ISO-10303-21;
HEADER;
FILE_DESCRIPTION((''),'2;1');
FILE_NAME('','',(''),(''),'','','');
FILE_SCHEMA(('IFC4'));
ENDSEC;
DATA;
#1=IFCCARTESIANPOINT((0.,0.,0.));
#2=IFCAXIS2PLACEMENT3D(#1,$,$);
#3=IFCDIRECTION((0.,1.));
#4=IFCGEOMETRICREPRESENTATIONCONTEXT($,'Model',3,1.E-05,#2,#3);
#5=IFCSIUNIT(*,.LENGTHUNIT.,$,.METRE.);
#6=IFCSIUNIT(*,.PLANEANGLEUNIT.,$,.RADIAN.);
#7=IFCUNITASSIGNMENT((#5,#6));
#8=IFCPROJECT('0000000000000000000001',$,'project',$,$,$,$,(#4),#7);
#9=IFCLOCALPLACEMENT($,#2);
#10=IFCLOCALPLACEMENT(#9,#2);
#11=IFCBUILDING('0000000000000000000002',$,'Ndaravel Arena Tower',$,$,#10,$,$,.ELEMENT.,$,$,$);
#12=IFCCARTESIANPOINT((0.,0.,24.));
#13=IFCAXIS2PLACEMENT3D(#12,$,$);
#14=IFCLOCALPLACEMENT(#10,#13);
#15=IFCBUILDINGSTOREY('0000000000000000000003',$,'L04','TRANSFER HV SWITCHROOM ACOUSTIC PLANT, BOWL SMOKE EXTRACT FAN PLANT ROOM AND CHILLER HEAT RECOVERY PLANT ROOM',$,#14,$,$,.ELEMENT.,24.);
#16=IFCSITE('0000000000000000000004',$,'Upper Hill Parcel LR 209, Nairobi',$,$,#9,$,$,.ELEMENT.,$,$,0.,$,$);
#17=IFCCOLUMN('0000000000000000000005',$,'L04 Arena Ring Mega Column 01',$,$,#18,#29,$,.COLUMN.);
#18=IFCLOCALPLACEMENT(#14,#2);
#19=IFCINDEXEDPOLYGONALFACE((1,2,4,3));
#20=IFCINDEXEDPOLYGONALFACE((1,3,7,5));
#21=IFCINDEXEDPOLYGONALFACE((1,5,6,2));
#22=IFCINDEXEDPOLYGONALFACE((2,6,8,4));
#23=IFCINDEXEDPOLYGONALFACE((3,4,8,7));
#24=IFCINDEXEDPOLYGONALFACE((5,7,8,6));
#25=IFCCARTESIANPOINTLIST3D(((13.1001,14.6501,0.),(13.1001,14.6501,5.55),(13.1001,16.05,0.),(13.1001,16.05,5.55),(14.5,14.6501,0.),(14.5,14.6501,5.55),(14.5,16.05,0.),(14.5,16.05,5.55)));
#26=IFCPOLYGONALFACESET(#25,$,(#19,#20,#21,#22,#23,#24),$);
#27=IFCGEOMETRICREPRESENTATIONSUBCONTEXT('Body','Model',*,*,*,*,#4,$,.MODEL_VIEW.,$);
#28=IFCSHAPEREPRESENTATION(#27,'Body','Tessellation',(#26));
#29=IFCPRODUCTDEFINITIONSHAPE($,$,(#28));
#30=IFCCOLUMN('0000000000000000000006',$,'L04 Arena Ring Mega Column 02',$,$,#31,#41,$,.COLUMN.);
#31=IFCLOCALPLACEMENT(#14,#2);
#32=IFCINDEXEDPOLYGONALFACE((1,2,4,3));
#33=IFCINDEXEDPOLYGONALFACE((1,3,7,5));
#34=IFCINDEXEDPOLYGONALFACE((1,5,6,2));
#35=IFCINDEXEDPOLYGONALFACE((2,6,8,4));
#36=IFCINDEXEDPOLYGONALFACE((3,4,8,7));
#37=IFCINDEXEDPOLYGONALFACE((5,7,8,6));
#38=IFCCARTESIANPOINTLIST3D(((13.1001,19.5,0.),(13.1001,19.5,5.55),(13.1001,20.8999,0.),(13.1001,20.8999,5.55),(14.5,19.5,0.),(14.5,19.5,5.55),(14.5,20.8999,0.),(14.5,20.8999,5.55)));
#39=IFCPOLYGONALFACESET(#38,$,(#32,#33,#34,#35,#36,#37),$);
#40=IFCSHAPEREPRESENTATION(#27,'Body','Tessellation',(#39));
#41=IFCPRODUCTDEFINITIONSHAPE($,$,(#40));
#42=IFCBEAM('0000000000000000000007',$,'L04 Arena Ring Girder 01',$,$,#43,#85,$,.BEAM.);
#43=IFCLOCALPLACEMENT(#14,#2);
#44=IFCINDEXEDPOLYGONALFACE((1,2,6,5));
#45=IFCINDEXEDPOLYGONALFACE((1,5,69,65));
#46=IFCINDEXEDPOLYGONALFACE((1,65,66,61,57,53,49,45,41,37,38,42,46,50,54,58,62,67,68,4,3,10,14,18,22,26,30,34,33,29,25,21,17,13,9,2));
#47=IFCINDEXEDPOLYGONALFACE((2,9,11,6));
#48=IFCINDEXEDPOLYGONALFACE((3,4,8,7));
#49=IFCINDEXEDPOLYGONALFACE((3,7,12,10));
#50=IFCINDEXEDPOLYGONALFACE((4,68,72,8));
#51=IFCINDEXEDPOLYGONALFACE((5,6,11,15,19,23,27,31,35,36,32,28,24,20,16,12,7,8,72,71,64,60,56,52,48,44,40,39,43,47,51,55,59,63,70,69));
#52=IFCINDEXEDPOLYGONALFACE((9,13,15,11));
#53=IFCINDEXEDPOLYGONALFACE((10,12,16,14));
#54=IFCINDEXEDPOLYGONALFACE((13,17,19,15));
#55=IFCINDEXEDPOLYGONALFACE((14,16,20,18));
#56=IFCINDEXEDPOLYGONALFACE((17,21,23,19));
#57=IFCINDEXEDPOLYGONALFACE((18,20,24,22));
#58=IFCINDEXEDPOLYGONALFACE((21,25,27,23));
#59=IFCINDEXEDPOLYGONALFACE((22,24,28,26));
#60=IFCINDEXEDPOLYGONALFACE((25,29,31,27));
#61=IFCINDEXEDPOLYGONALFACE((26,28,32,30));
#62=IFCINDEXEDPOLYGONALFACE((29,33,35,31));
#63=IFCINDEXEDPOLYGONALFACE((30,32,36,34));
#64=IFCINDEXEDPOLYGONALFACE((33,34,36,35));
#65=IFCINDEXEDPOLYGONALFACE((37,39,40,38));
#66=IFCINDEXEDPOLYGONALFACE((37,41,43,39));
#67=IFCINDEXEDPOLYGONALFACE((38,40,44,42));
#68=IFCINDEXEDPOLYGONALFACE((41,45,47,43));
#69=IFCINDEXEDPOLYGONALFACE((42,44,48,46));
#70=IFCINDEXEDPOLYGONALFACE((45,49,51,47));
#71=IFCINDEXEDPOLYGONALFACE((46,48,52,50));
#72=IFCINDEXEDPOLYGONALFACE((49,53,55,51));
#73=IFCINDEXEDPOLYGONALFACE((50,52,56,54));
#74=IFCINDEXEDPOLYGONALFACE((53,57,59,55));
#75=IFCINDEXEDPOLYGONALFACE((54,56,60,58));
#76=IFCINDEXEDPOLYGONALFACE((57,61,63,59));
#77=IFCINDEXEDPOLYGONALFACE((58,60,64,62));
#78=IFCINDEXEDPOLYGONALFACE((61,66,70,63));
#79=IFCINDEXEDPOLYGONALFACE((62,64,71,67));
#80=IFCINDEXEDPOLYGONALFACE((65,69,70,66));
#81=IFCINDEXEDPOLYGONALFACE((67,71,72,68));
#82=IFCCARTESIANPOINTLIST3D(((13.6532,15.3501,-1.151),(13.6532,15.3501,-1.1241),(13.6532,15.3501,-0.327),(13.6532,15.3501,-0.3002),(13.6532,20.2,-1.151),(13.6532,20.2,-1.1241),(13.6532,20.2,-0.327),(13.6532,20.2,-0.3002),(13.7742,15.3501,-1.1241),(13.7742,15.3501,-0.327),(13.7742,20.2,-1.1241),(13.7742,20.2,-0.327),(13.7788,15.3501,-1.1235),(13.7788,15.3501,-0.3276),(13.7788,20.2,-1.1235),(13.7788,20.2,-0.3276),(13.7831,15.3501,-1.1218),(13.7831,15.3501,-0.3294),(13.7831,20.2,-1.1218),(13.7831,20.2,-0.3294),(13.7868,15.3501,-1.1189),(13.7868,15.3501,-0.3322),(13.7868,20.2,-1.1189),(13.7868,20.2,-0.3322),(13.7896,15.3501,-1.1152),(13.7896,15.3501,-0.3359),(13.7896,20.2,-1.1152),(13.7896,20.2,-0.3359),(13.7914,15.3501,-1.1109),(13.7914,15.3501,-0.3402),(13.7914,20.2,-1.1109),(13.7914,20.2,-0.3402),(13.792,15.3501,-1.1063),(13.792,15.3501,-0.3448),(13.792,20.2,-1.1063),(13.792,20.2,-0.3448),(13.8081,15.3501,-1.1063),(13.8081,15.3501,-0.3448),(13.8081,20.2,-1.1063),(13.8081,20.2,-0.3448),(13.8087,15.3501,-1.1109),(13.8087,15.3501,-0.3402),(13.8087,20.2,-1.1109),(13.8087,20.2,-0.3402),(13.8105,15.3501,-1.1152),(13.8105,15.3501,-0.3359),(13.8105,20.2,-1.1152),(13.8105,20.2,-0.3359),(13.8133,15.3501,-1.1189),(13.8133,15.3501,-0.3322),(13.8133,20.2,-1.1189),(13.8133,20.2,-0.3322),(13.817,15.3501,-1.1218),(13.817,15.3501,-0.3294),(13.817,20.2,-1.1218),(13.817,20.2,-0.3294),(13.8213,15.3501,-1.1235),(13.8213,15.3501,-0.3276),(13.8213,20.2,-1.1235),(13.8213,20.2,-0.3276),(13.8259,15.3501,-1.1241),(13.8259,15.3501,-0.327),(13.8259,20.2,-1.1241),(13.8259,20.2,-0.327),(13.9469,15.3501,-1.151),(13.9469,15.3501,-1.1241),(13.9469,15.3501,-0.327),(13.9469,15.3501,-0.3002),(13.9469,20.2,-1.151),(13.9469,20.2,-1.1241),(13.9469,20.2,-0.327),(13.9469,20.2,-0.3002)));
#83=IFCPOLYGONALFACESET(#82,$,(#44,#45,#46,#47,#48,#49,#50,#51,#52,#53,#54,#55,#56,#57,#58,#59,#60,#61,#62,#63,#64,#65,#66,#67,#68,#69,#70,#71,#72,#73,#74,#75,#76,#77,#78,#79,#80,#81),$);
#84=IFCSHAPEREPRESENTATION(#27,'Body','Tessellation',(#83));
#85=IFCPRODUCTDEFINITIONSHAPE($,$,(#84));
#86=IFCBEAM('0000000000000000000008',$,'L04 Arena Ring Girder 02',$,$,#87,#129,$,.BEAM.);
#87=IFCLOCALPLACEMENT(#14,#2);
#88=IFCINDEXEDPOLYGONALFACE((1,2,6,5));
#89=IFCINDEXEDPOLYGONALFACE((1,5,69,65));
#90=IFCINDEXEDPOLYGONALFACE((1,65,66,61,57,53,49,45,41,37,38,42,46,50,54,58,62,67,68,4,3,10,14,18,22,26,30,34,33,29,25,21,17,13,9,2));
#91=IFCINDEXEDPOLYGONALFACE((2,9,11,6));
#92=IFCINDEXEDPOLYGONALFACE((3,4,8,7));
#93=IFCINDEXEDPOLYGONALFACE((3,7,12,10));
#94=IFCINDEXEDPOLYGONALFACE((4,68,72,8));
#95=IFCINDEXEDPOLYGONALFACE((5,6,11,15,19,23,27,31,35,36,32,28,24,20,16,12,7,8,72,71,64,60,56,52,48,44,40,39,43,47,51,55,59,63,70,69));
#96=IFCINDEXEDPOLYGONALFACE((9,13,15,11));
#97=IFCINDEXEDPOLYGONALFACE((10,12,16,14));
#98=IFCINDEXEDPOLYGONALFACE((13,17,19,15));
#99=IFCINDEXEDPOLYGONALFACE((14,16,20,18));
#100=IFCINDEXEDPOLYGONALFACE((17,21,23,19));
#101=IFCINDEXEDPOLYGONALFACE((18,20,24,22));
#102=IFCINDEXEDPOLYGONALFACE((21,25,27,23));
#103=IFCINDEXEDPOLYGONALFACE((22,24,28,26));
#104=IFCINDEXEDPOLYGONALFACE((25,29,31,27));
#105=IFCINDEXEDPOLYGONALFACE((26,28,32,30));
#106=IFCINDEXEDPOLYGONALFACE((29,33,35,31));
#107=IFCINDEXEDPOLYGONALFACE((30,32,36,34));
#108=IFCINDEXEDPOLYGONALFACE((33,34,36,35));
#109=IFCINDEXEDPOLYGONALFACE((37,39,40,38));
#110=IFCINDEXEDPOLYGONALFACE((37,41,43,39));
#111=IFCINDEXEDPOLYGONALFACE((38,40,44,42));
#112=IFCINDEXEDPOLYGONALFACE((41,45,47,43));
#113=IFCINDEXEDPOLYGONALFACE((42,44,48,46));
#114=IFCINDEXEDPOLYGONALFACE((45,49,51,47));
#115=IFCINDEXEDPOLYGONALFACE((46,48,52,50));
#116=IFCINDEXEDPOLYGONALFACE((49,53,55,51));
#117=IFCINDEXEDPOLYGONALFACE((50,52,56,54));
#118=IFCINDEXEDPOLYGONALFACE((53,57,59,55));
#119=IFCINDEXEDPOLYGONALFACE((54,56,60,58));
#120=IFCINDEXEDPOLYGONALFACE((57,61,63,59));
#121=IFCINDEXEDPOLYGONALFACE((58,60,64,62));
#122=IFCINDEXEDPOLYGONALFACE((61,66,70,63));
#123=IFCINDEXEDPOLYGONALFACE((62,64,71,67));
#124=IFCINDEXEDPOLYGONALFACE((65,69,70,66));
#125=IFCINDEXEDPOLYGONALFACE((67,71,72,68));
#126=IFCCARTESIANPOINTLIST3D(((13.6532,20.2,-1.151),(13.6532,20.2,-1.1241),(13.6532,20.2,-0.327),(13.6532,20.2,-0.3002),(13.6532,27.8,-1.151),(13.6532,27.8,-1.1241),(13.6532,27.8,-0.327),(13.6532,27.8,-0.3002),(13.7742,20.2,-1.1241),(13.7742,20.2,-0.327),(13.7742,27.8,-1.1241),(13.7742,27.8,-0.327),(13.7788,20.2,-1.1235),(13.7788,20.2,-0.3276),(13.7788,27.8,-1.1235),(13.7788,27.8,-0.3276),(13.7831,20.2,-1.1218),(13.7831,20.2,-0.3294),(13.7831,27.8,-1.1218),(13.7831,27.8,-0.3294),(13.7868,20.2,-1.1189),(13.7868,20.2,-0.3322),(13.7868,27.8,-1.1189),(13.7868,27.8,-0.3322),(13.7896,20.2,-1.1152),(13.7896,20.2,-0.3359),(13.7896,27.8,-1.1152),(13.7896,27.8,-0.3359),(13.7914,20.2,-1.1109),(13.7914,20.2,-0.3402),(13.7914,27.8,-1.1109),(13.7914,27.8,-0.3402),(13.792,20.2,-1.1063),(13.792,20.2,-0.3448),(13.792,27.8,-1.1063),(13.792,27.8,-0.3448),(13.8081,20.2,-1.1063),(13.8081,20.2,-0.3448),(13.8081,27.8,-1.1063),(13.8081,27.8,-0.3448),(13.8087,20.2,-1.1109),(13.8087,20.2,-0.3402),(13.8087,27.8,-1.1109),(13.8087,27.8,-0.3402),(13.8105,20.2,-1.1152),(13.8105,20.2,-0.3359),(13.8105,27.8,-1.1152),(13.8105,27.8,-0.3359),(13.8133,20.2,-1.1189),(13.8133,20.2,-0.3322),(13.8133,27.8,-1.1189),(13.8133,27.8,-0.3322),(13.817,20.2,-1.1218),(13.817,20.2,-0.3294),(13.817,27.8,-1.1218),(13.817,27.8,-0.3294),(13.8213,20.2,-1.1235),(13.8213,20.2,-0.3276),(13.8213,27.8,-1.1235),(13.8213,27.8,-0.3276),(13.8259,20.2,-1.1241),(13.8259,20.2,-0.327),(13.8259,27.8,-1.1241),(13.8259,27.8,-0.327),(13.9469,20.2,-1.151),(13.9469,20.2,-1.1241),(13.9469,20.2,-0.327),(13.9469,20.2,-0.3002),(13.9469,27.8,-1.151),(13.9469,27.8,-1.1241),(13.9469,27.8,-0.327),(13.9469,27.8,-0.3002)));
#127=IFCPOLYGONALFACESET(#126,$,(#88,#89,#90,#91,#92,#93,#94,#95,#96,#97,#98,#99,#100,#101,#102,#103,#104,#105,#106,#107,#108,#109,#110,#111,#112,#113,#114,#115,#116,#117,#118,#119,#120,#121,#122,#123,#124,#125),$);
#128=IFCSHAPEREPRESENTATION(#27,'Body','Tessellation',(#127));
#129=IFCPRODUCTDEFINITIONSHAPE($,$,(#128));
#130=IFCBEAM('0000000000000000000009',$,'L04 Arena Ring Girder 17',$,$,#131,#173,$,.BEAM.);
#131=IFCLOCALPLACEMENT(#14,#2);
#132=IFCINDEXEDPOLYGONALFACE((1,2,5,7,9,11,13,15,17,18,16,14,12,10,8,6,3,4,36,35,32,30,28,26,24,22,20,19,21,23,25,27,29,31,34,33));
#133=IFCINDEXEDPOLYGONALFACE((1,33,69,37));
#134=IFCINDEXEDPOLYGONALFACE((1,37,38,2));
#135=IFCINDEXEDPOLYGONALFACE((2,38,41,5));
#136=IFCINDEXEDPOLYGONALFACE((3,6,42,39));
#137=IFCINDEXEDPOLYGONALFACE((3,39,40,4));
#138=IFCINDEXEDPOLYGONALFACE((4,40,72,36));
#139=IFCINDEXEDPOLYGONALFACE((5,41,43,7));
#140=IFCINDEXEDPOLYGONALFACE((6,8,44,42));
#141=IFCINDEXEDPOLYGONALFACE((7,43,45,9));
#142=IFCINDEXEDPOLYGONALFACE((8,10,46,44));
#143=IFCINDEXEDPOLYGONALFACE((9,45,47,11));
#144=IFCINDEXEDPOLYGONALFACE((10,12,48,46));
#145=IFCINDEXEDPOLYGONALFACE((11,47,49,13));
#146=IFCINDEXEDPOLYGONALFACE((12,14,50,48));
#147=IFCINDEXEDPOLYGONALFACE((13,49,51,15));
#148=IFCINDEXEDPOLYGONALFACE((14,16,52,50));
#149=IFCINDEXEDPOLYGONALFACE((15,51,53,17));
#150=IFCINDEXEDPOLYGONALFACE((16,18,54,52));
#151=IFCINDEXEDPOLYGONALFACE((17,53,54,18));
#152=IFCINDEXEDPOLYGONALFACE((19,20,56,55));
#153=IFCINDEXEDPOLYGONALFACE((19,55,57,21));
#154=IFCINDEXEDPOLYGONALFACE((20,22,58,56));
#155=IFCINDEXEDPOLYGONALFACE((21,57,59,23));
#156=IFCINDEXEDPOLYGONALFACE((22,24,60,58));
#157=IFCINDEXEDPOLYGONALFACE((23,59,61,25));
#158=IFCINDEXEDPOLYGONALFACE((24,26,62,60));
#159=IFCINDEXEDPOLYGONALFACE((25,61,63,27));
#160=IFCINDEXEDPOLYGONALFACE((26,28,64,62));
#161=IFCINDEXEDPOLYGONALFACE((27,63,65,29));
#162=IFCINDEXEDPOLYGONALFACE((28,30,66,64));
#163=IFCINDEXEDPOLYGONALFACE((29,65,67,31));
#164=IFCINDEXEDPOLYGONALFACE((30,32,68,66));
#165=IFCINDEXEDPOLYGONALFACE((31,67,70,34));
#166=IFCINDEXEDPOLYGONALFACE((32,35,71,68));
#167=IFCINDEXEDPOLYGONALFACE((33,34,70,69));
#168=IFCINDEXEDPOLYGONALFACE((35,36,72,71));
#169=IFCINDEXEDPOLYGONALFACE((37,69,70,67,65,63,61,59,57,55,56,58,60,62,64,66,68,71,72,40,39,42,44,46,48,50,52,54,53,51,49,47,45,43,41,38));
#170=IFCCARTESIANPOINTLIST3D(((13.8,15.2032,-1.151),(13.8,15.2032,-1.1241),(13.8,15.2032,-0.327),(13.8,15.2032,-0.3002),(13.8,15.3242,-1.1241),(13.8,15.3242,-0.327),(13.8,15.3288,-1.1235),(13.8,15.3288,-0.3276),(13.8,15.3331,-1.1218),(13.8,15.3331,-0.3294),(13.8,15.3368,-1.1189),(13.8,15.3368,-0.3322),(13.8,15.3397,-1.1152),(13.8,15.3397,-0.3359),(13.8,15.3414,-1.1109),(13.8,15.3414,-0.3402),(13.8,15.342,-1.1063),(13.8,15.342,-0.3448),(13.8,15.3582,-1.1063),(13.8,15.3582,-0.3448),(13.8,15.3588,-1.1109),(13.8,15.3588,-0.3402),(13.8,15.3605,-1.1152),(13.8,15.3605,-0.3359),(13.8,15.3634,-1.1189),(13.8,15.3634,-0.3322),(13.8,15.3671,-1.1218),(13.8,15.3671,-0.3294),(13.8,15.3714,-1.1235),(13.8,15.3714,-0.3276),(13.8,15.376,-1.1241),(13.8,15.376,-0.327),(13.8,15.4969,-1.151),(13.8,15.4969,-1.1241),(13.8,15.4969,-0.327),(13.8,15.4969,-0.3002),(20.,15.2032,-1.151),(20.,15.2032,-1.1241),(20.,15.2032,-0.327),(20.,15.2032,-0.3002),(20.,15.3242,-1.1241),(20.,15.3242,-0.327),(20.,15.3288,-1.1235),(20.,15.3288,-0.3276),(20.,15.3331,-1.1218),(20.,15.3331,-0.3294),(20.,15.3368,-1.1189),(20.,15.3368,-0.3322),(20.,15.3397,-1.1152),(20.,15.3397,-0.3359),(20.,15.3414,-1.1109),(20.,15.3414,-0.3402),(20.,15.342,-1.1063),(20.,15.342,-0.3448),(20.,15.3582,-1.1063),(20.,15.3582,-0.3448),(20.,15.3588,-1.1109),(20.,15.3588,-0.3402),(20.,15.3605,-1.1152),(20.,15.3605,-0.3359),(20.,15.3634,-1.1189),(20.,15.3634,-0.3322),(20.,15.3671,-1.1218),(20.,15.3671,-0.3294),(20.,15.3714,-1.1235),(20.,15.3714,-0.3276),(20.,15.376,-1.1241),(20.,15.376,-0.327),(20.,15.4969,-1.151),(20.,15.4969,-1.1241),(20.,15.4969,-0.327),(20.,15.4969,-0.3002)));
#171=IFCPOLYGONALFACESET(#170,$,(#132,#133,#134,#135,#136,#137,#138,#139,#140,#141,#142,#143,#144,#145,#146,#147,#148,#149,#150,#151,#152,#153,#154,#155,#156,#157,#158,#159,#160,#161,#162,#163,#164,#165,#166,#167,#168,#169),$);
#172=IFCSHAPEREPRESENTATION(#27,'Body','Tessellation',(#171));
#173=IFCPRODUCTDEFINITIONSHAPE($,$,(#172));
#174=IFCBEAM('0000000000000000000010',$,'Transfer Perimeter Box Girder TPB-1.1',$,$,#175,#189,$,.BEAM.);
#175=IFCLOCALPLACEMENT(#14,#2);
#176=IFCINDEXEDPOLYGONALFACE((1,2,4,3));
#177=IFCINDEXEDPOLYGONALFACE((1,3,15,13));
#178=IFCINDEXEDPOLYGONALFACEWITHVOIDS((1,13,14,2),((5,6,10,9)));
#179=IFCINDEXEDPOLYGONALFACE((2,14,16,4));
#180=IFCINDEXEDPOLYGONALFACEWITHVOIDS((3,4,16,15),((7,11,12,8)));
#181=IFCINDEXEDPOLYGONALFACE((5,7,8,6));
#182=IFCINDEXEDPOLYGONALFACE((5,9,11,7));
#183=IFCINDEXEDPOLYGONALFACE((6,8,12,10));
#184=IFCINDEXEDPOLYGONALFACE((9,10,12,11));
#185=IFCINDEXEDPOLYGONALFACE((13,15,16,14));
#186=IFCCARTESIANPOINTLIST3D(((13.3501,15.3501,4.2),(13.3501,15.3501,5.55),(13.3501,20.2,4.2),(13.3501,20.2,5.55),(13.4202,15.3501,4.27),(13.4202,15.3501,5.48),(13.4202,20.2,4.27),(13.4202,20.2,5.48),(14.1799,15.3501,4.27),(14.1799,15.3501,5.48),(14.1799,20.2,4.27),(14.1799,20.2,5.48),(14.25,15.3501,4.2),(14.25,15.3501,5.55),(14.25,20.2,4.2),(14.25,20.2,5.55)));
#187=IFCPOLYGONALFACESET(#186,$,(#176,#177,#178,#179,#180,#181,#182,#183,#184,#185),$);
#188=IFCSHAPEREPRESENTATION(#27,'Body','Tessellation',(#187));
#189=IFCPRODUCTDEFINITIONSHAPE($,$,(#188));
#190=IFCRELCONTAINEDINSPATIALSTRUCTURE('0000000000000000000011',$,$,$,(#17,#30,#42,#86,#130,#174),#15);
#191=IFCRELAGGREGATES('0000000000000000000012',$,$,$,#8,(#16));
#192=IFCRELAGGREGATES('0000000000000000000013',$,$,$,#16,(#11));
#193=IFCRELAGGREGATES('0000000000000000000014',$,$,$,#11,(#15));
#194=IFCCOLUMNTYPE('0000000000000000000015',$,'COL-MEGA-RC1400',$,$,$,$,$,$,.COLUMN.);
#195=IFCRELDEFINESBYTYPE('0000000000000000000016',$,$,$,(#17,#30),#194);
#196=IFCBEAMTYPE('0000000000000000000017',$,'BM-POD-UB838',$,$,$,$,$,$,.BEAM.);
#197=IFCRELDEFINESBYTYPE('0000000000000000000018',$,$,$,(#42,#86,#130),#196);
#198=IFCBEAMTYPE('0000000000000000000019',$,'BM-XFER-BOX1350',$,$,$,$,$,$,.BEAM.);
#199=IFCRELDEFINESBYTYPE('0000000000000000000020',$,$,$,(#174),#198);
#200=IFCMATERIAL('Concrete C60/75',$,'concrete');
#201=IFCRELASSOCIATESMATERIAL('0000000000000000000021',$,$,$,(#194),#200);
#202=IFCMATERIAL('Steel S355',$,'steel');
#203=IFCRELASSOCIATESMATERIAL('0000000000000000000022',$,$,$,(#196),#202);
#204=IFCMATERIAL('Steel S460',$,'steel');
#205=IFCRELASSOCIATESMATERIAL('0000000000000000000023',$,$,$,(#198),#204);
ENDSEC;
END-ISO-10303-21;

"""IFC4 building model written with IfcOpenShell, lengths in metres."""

from ifc_helpers import new_model, si_unit, direction, frame, origin, origin_2d, place, context, subcontext, project, spatial, rectangle, hollow_rectangle, i_section, extrude, material, material_profile, profile_set, type_object, element, save


model = new_model("IFC4")

# Units and contexts
model_context = context("Model", 3, precision=1e-05, world=origin(), true_north=direction((0.0, 1.0)))
body_context = subcontext(model_context, "Body", "Model", "MODEL_VIEW")
ifc_project = project(units=[si_unit("LENGTHUNIT", "METRE"), si_unit("PLANEANGLEUNIT", "RADIAN")], contexts=[model_context])

# Site, building, storey
site_placement = place(None, origin())
site = spatial("IfcSite", under=ifc_project, at=site_placement, Name="Upper Hill Parcel LR 209, Nairobi", CompositionType="ELEMENT", RefElevation=0.0)
building_placement = place(site_placement, origin())
building = spatial("IfcBuilding", under=site, at=building_placement, Name="Ndaravel Arena Tower", CompositionType="ELEMENT")
storey_placement = place(building_placement, frame((0.0, 0.0, 24.0)))
storey = spatial("IfcBuildingStorey", under=building, at=storey_placement, Name="L04", Description="TRANSFER HV SWITCHROOM ACOUSTIC PLANT, BOWL SMOKE EXTRACT FAN PLANT ROOM AND CHILLER HEAT RECOVERY PLANT ROOM", CompositionType="ELEMENT", Elevation=24.0)

# Columns
ifc_material_1 = material(Name="Concrete C60/75", Category="concrete")
ifc_material_profile_1 = material_profile(ifc_material_1, rectangle(XDim=1.3999, YDim=1.3999, at=origin_2d()), Name="RC 1400x1400")
ifc_profile_set_1 = profile_set([ifc_material_profile_1], Name="Concrete C60/75")
column_type = type_object("IfcColumnType", Name="COL-MEGA-RC1400", PredefinedType="COLUMN", material=ifc_profile_set_1)
for number, where, z_axis, x_axis, name in (
    (1, (13.8, 15.3501, 0.0), (0.0, 0.0, 1.0), (1.0, 0.0, 0.0), "L04 Arena Ring Mega Column 01"),
    (2, (13.8, 20.2, 0.0), (0.0, 0.0, 1.0), (1.0, 0.0, 0.0), "L04 Arena Ring Mega Column 02"),
):
    element("IfcColumn", number, at=place(storey_placement, frame(where, z_axis=z_axis, x_axis=x_axis)), inside=storey, type_object=column_type, Name=name, PredefinedType="COLUMN", context=body_context, shape_type="SweptSolid", body=[
        extrude(rectangle(XDim=1.3999, YDim=1.3999, at=origin_2d()), origin(), (0.0, 0.0, 1.0), 5.55),
    ])

# Beams
ifc_material_2 = material(Name="Steel S355", Category="steel")
ifc_material_profile_2 = material_profile(ifc_material_2, i_section(OverallWidth=0.2937, OverallDepth=0.8508, WebThickness=0.0161, FlangeThickness=0.0269, FilletRadius=0.0178, at=origin_2d()), Name="UB 838x292x226")
ifc_profile_set_2 = profile_set([ifc_material_profile_2], Name="Steel S355")
beam_type_1 = type_object("IfcBeamType", Name="BM-POD-UB838", PredefinedType="BEAM", material=ifc_profile_set_2)
beam_1_placement = place(storey_placement, frame((13.8, 15.3501, -0.7256), z_axis=(0.0, 1.0, 0.0), x_axis=(-1.0, 0.0, 0.0)))
element("IfcBeam", 3, at=beam_1_placement, inside=storey, type_object=beam_type_1, Name="L04 Arena Ring Girder 01", PredefinedType="BEAM", context=body_context, shape_type="SweptSolid", body=[
    extrude(i_section(OverallWidth=0.2937, OverallDepth=0.8508, WebThickness=0.0161, FlangeThickness=0.0269, FilletRadius=0.0178, at=origin_2d()), origin(), (0.0, 0.0, 1.0), 4.8499),
])
beam_2_placement = place(storey_placement, frame((13.8, 20.2, -0.7256), z_axis=(0.0, 1.0, 0.0), x_axis=(-1.0, 0.0, 0.0)))
element("IfcBeam", 4, at=beam_2_placement, inside=storey, type_object=beam_type_1, Name="L04 Arena Ring Girder 02", PredefinedType="BEAM", context=body_context, shape_type="SweptSolid", body=[
    extrude(i_section(OverallWidth=0.2937, OverallDepth=0.8508, WebThickness=0.0161, FlangeThickness=0.0269, FilletRadius=0.0178, at=origin_2d()), origin(), (0.0, 0.0, 1.0), 7.6001),
])
beam_3_placement = place(storey_placement, frame((13.8, 15.3501, -0.7256), z_axis=(1.0, 0.0, 0.0), x_axis=(0.0, 1.0, 0.0)))
element("IfcBeam", 5, at=beam_3_placement, inside=storey, type_object=beam_type_1, Name="L04 Arena Ring Girder 17", PredefinedType="BEAM", context=body_context, shape_type="SweptSolid", body=[
    extrude(i_section(OverallWidth=0.2937, OverallDepth=0.8508, WebThickness=0.0161, FlangeThickness=0.0269, FilletRadius=0.0178, at=origin_2d()), origin(), (0.0, 0.0, 1.0), 6.2),
])
ifc_material_3 = material(Name="Steel S460", Category="steel")
ifc_material_profile_3 = material_profile(ifc_material_3, hollow_rectangle(XDim=0.8999, YDim=1.3501, WallThickness=0.0701, at=origin_2d()), Name="BOX 1350x900x70")
ifc_profile_set_3 = profile_set([ifc_material_profile_3], Name="Steel S460")
beam_type_2 = type_object("IfcBeamType", Name="BM-XFER-BOX1350", PredefinedType="BEAM", material=ifc_profile_set_3)
beam_4_placement = place(storey_placement, frame((13.8, 15.3501, 4.875), z_axis=(0.0, 1.0, 0.0), x_axis=(-1.0, 0.0, 0.0)))
element("IfcBeam", 6, at=beam_4_placement, inside=storey, type_object=beam_type_2, Name="Transfer Perimeter Box Girder TPB-1.1", PredefinedType="BEAM", context=body_context, shape_type="SweptSolid", body=[
    extrude(hollow_rectangle(XDim=0.8999, YDim=1.3501, WallThickness=0.0701, at=origin_2d()), origin(), (0.0, 0.0, 1.0), 4.8499),
])

save(model, "model.ifc")
